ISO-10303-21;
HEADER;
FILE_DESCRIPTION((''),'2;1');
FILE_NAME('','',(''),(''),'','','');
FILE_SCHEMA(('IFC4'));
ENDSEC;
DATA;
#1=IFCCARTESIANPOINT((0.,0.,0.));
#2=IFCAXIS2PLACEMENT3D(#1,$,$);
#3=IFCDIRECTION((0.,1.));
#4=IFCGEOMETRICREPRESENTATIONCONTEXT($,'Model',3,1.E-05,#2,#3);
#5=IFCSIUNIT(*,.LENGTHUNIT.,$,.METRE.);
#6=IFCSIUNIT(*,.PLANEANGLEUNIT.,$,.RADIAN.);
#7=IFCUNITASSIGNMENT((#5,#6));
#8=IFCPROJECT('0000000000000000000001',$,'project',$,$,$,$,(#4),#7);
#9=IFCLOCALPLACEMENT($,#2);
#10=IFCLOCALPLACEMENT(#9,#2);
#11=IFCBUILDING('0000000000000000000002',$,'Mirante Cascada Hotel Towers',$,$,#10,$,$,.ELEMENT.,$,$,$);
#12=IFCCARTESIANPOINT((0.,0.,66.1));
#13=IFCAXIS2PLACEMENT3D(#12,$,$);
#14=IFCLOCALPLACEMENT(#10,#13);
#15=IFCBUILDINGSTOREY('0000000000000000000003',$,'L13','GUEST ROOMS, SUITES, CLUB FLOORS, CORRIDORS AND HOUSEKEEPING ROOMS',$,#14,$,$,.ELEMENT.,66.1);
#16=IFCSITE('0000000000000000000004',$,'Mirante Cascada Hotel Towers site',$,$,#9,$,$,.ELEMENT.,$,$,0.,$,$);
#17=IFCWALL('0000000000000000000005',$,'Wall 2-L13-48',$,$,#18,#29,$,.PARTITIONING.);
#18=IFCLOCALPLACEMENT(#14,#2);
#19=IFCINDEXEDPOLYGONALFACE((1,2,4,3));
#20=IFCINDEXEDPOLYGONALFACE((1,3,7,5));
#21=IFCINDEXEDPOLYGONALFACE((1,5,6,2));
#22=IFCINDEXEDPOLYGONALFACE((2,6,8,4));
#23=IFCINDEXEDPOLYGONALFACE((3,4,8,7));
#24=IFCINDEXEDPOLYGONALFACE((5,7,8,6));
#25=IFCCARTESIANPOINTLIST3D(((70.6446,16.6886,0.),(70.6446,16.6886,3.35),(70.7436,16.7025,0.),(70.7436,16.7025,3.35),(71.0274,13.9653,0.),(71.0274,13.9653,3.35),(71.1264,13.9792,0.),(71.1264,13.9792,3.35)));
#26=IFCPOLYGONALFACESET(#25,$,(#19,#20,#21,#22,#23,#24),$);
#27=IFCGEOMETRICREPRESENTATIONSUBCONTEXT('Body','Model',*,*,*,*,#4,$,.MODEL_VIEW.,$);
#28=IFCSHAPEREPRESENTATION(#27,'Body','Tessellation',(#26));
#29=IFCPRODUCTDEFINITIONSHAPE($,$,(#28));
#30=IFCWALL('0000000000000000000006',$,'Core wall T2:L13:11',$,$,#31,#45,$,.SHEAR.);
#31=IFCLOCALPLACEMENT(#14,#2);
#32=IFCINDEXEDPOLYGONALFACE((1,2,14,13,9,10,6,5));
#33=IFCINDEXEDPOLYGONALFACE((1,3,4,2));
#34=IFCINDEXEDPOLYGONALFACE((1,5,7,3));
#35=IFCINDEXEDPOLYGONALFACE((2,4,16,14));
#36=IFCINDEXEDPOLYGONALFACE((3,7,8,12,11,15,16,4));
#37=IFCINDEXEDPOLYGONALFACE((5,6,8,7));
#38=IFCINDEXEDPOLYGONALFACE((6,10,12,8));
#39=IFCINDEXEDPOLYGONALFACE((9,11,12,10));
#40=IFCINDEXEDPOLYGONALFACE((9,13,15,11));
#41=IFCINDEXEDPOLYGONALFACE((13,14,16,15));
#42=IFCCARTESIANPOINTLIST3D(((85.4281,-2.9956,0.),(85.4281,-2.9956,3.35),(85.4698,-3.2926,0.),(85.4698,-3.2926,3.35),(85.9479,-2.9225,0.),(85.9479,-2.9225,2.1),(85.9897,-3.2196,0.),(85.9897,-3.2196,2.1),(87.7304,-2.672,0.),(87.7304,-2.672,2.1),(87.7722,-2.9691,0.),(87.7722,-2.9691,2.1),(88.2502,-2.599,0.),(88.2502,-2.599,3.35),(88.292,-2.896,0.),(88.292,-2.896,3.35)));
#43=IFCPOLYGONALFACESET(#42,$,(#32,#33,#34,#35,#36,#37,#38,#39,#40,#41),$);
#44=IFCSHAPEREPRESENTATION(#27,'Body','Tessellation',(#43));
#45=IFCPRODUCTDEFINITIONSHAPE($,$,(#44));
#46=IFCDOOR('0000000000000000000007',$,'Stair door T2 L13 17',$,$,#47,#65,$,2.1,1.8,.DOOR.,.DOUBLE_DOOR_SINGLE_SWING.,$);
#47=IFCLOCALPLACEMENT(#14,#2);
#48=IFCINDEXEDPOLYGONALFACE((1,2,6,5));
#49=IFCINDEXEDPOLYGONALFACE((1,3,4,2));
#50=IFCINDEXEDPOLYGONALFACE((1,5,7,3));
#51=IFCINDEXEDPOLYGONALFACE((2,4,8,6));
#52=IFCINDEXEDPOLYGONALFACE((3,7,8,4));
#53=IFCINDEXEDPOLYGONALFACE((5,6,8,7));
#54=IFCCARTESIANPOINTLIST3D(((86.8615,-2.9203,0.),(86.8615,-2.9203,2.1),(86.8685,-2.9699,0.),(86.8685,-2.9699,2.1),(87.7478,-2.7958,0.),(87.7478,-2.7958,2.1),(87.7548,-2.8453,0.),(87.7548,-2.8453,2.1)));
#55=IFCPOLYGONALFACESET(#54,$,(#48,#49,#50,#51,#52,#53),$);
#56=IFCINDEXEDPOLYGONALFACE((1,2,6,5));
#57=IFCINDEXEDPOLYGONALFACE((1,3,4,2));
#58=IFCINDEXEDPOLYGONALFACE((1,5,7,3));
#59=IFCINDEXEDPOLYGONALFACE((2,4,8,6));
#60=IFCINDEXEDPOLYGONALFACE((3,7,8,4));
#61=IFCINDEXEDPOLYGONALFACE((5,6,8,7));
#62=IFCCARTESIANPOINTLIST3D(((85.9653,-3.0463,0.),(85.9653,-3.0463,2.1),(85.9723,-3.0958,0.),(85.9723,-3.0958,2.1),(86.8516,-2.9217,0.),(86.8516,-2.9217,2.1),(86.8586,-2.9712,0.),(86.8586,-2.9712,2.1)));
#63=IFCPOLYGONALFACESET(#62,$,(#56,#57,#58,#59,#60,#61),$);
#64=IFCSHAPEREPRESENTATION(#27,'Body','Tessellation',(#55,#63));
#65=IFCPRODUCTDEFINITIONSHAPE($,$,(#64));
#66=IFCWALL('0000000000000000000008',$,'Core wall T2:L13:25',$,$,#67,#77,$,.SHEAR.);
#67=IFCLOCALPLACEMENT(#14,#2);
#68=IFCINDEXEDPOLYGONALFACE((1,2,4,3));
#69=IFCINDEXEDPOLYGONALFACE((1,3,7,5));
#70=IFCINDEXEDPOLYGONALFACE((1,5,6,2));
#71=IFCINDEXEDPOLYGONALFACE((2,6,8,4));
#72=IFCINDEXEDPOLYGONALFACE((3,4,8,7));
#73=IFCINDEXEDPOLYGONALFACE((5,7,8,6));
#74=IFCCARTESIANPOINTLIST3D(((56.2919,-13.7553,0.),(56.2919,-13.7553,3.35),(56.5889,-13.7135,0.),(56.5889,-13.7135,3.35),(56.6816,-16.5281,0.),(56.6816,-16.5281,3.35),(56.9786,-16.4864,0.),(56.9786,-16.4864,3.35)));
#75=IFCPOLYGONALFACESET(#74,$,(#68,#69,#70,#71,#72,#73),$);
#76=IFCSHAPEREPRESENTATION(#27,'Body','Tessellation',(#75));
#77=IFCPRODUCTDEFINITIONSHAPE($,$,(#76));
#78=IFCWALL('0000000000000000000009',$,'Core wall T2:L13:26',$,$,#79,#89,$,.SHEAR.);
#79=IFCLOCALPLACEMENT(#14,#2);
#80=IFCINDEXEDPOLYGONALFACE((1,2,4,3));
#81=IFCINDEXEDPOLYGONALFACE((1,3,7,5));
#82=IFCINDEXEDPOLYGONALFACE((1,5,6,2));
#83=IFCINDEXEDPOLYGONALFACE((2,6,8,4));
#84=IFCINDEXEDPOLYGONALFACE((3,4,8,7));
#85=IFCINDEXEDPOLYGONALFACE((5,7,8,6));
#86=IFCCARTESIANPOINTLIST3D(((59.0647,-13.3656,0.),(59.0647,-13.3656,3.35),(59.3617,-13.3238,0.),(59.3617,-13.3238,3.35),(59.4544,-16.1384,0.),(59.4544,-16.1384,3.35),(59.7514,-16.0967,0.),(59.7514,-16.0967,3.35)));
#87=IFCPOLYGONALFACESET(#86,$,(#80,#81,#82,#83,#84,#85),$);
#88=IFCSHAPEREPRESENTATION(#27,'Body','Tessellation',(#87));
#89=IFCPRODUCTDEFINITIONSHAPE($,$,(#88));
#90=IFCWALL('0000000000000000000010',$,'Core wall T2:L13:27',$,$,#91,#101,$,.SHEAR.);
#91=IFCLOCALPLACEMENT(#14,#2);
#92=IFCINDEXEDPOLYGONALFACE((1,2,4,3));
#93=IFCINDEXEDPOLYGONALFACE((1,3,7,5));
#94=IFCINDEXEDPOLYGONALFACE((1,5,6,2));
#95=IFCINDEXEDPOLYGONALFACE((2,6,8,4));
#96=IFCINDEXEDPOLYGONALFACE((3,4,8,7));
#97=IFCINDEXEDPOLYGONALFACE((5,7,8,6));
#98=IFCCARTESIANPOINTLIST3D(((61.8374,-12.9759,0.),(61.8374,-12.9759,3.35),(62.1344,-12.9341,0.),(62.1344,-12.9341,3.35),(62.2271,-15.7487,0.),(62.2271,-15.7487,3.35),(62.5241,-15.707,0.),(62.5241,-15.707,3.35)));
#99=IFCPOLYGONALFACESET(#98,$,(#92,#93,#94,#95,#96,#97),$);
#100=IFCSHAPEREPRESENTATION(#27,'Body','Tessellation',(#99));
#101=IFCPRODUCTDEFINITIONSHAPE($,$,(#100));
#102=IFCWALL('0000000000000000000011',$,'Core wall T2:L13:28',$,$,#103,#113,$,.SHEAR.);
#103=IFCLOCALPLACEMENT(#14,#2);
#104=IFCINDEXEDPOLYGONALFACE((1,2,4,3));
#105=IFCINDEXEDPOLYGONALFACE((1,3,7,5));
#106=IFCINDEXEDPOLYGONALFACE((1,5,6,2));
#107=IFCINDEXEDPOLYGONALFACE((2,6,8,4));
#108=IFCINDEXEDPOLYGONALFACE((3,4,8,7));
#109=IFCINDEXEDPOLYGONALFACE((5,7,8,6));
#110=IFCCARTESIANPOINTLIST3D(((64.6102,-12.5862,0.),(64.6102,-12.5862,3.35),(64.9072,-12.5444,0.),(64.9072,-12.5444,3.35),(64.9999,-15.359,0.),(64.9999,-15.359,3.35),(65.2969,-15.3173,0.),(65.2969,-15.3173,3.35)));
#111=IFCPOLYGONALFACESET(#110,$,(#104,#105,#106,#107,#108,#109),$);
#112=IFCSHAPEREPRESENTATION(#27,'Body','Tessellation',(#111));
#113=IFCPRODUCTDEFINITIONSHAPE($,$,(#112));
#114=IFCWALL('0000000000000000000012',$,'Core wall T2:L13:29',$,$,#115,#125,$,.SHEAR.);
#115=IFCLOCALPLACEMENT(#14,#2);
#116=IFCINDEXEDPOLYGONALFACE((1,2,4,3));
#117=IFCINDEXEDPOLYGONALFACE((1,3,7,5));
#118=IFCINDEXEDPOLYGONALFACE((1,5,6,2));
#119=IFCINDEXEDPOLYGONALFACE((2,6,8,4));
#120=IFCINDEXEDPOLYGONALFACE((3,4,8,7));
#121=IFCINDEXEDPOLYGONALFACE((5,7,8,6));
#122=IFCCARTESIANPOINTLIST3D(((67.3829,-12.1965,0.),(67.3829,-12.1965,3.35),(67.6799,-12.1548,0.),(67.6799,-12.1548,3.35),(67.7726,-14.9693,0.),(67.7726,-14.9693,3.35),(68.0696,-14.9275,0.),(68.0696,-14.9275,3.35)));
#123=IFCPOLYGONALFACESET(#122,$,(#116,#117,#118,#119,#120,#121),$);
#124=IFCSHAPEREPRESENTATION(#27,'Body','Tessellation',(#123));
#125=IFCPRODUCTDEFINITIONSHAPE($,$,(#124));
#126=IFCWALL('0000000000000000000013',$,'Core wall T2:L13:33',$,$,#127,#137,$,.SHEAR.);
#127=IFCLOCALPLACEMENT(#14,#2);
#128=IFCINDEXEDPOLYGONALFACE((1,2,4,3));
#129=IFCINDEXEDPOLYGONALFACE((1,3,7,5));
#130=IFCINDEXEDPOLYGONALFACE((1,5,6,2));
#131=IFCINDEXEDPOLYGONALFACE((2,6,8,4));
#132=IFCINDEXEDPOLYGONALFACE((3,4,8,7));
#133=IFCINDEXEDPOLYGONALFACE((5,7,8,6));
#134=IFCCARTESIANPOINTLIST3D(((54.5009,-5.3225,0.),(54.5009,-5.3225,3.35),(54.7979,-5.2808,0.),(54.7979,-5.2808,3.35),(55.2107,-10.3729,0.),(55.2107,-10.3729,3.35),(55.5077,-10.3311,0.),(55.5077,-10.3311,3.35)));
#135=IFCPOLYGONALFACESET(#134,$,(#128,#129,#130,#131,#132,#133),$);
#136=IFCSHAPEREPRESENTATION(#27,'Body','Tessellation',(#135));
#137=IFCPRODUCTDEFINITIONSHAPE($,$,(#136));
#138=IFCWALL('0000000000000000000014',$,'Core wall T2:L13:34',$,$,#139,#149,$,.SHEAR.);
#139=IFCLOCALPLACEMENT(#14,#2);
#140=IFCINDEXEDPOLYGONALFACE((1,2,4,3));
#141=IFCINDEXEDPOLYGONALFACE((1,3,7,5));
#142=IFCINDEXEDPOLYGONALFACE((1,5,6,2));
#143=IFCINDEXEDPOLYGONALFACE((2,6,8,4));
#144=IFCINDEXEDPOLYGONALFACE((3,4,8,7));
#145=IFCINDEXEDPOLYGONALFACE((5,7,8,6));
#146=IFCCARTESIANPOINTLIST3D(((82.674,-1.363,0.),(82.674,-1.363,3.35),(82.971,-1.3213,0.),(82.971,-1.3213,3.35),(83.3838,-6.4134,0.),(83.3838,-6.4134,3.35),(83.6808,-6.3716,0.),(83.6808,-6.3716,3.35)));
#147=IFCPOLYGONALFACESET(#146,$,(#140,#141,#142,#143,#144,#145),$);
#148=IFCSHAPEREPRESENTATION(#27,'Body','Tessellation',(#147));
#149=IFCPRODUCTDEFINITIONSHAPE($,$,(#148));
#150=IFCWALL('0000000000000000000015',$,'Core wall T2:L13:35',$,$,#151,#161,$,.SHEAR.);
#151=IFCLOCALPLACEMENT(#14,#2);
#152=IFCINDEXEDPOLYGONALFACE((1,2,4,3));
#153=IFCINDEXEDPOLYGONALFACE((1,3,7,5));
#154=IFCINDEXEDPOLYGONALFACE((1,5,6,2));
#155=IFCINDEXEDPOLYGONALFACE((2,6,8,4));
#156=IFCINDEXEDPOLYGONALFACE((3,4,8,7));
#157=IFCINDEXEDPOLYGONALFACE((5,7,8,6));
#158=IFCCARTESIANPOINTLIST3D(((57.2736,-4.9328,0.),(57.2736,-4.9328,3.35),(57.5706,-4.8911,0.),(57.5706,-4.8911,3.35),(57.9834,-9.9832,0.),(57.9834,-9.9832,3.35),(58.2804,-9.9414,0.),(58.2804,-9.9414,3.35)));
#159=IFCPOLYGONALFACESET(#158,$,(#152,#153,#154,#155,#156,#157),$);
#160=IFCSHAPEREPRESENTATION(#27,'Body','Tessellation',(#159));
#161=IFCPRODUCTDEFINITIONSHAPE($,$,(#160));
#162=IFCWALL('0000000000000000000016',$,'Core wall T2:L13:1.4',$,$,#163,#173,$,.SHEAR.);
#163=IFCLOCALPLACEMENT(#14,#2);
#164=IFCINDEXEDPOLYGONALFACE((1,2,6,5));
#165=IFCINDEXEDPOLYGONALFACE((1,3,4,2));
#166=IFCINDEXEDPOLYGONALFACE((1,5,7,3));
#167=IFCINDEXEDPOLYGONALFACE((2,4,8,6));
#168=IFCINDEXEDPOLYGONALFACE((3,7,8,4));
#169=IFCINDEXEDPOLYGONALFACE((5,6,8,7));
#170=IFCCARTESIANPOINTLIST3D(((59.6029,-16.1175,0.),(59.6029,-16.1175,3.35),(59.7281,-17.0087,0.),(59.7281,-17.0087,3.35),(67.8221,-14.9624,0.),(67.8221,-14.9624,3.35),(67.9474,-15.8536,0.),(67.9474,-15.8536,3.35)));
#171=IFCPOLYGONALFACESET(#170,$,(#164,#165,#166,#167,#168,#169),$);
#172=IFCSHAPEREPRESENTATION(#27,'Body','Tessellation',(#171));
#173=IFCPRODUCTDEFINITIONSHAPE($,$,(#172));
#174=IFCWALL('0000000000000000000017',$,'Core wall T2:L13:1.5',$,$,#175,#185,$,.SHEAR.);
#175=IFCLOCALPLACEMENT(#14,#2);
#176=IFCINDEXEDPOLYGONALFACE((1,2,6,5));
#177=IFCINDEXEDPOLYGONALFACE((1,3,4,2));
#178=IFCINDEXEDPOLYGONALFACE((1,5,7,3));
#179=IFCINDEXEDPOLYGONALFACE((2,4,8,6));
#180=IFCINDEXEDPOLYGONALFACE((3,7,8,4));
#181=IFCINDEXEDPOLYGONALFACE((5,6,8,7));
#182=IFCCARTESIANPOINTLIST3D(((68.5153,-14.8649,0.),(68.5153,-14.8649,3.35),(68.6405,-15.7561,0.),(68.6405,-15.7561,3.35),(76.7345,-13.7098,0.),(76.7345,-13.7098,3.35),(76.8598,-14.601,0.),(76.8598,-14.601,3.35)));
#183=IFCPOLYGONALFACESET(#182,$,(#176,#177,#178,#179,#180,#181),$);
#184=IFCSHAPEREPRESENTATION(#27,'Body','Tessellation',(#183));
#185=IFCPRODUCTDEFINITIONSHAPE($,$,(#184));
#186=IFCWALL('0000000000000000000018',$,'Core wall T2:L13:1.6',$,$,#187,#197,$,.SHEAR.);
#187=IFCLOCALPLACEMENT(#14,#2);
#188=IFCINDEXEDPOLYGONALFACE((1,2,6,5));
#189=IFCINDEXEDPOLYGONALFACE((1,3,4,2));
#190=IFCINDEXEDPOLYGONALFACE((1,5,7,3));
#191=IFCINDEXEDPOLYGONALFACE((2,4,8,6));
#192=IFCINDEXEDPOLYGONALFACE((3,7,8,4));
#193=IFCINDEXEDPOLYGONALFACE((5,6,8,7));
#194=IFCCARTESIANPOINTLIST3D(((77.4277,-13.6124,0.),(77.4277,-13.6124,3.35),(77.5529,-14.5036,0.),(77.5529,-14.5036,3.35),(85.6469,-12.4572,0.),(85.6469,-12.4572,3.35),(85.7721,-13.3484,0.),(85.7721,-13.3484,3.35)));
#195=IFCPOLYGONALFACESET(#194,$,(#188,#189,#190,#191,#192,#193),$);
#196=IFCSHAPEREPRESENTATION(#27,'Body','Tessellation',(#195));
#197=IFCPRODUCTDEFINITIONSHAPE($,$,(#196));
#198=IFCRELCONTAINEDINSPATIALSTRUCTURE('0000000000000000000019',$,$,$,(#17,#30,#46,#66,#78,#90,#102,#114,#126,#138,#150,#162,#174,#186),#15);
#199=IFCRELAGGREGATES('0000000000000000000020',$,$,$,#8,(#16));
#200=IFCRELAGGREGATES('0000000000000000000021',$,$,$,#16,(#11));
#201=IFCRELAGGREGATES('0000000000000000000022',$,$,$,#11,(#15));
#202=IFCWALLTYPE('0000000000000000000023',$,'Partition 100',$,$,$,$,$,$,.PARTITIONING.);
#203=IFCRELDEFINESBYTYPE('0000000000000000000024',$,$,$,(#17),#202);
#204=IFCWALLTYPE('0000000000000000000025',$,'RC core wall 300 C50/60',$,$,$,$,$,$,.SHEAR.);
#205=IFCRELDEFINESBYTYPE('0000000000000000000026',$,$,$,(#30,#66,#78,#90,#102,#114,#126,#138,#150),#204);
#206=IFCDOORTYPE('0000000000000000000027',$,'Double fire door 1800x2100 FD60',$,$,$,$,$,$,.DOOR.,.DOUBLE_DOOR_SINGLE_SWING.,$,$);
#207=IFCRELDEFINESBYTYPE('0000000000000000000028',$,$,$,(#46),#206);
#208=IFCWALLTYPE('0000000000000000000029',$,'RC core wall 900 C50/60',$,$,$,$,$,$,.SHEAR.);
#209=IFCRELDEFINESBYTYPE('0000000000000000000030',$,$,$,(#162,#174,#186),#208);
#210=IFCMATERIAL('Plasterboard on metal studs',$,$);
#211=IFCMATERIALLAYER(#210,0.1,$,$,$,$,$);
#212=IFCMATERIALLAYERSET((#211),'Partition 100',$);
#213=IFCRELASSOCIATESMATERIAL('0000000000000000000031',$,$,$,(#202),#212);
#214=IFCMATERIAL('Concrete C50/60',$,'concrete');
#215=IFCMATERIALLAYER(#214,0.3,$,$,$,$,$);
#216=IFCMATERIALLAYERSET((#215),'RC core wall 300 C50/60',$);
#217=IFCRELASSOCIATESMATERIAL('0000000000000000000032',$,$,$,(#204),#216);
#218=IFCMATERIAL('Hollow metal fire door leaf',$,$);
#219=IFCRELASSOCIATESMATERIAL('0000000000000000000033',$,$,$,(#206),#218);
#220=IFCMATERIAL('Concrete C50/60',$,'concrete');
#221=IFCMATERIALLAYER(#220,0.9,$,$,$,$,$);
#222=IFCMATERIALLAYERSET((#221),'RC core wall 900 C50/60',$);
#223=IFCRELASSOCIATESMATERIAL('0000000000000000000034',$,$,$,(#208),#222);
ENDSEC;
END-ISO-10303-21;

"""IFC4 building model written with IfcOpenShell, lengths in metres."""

from ifc_helpers import new_model, si_unit, direction, frame, frame_2d, origin, place, context, subcontext, project, spatial, rectangle, extrude, material, layer, layer_set, type_object, element, fill, save


model = new_model("IFC4")

# Units and contexts
model_context = context("Model", 3, precision=1e-05, world=origin(), true_north=direction((0.0, 1.0)))
body_context = subcontext(model_context, "Body", "Model", "MODEL_VIEW")
ifc_project = project(units=[si_unit("LENGTHUNIT", "METRE"), si_unit("PLANEANGLEUNIT", "RADIAN")], contexts=[model_context])

# Site, building, storey
site_placement = place(None, origin())
site = spatial("IfcSite", under=ifc_project, at=site_placement, Name="Mirante Cascada Hotel Towers site", CompositionType="ELEMENT", RefElevation=0.0)
building_placement = place(site_placement, origin())
building = spatial("IfcBuilding", under=site, at=building_placement, Name="Mirante Cascada Hotel Towers", CompositionType="ELEMENT")
storey_placement = place(building_placement, frame((0.0, 0.0, 66.1)))
storey = spatial("IfcBuildingStorey", under=building, at=storey_placement, Name="L13", Description="GUEST ROOMS, SUITES, CLUB FLOORS, CORRIDORS AND HOUSEKEEPING ROOMS", CompositionType="ELEMENT", Elevation=66.1)

# Wall
ifc_material_1 = material(Name="Plasterboard on metal studs")
ifc_layer_1 = layer(ifc_material_1, 0.1)
ifc_layer_set_1 = layer_set([ifc_layer_1], Name="Partition 100")
wall_type_1 = type_object("IfcWallType", Name="Partition 100", PredefinedType="PARTITIONING", material=ifc_layer_set_1)
wall_1_placement = place(storey_placement, frame((71.0769, 13.9722, 0.0), z_axis=(0.0, 0.0, 1.0), x_axis=(-0.139196, 0.990265, 0.0)))
element("IfcWall", 1, at=wall_1_placement, inside=storey, type_object=wall_type_1, Name="Wall 2-L13-48", PredefinedType="PARTITIONING", context=body_context, shape_type="SweptSolid", body=[
    extrude(rectangle(XDim=2.7501, YDim=0.1, at=frame_2d((1.3751, 0.0))), origin(), (0.0, 0.0, 1.0), 3.35),
])

# Wall, opening, door
ifc_material_2 = material(Name="Concrete C50/60", Category="concrete")
ifc_layer_2 = layer(ifc_material_2, 0.3)
ifc_layer_set_2 = layer_set([ifc_layer_2], Name="RC core wall 300 C50/60")
wall_type_2 = type_object("IfcWallType", Name="RC core wall 300 C50/60", PredefinedType="SHEAR", material=ifc_layer_set_2)
wall_2_placement = place(storey_placement, frame((85.4489, -3.1441, 0.0), z_axis=(0.0, 0.0, 1.0), x_axis=(0.99027, 0.139161, 0.0)))
wall_2 = element("IfcWall", 2, at=wall_2_placement, inside=storey, type_object=wall_type_2, Name="Core wall T2:L13:11", PredefinedType="SHEAR", context=body_context, shape_type="SweptSolid", body=[
    extrude(rectangle(XDim=2.8499, YDim=0.3, at=frame_2d((1.425, 0.0))), origin(), (0.0, 0.0, 1.0), 3.35),
])
opening_placement = place(wall_2_placement, frame((0.525, 0.0, 0.0)))
opening = element("IfcOpeningElement", 3, at=opening_placement, cuts=wall_2, PredefinedType="OPENING", context=body_context, shape_type="SweptSolid", body=[
    extrude(rectangle(XDim=1.8, YDim=2.1, at=frame_2d((0.9, 1.05))), frame((0.0, 0.15, 0.0), z_axis=(0.0, -1.0, 0.0), x_axis=(1.0, 0.0, 0.0)), (0.0, 0.0, 1.0), 0.3),
])
ifc_material_3 = material(Name="Hollow metal fire door leaf")
door_type = type_object("IfcDoorType", Name="Double fire door 1800x2100 FD60", OperationType="DOUBLE_DOOR_SINGLE_SWING", PredefinedType="DOOR", material=ifc_material_3)
door_placement = place(opening_placement, frame((1.8, 0.0, 0.0), z_axis=(0.0, 0.0, 1.0), x_axis=(-1.0, 0.0, 0.0)))
door = element("IfcDoor", 4, at=door_placement, inside=storey, type_object=door_type, Name="Stair door T2 L13 17", OperationType="DOUBLE_DOOR_SINGLE_SWING", OverallHeight=2.1, OverallWidth=1.8, PredefinedType="DOOR", context=body_context, shape_type="SweptSolid", body=[
    extrude(rectangle(XDim=0.895, YDim=2.1, at=frame_2d((0.4475, 1.05))), frame((0.0, 0.025, 0.0), z_axis=(0.0, -1.0, 0.0), x_axis=(1.0, 0.0, 0.0)), (0.0, 0.0, 1.0), 0.05),
    extrude(rectangle(XDim=0.895, YDim=2.1, at=frame_2d((1.3525, 1.05))), frame((0.0, 0.025, 0.0), z_axis=(0.0, -1.0, 0.0), x_axis=(1.0, 0.0, 0.0)), (0.0, 0.0, 1.0), 0.05),
])
fill(opening, door)

# Walls
for number, where, z_axis, x_axis, name in (
    (5, (56.8301, -16.5072, 0.0), (0.0, 0.0, 1.0), (-0.139176, 0.990268, 0.0), "Core wall T2:L13:25"),
    (6, (59.6029, -16.1175, 0.0), (0.0, 0.0, 1.0), (-0.139176, 0.990268, 0.0), "Core wall T2:L13:26"),
    (7, (62.3756, -15.7278, 0.0), (0.0, 0.0, 1.0), (-0.139176, 0.990268, 0.0), "Core wall T2:L13:27"),
    (8, (65.1484, -15.3381, 0.0), (0.0, 0.0, 1.0), (-0.139176, 0.990268, 0.0), "Core wall T2:L13:28"),
):
    element("IfcWall", number, at=place(storey_placement, frame(where, z_axis=z_axis, x_axis=x_axis)), inside=storey, type_object=wall_type_2, Name=name, PredefinedType="SHEAR", context=body_context, shape_type="SweptSolid", body=[
        extrude(rectangle(XDim=2.8001, YDim=0.3, at=frame_2d((1.4, 0.0))), origin(), (0.0, 0.0, 1.0), 3.35),
    ])
wall_3_placement = place(storey_placement, frame((67.9211, -14.9484, 0.0), z_axis=(0.0, 0.0, 1.0), x_axis=(-0.139181, 0.990267, 0.0)))
element("IfcWall", 9, at=wall_3_placement, inside=storey, type_object=wall_type_2, Name="Core wall T2:L13:29", PredefinedType="SHEAR", context=body_context, shape_type="SweptSolid", body=[
    extrude(rectangle(XDim=2.8, YDim=0.3, at=frame_2d((1.4, 0.0))), origin(), (0.0, 0.0, 1.0), 3.35),
])
for number, where, z_axis, x_axis, name in (
    (10, (55.3592, -10.352, 0.0), (0.0, 0.0, 1.0), (-0.139176, 0.990268, 0.0), "Core wall T2:L13:33"),
    (11, (83.5323, -6.3925, 0.0), (0.0, 0.0, 1.0), (-0.139176, 0.990268, 0.0), "Core wall T2:L13:34"),
    (12, (58.1319, -9.9623, 0.0), (0.0, 0.0, 1.0), (-0.139176, 0.990268, 0.0), "Core wall T2:L13:35"),
):
    element("IfcWall", number, at=place(storey_placement, frame(where, z_axis=z_axis, x_axis=x_axis)), inside=storey, type_object=wall_type_2, Name=name, PredefinedType="SHEAR", context=body_context, shape_type="SweptSolid", body=[
        extrude(rectangle(XDim=5.1, YDim=0.3, at=frame_2d((2.55, 0.0))), origin(), (0.0, 0.0, 1.0), 3.35),
    ])
ifc_material_4 = material(Name="Concrete C50/60", Category="concrete")
ifc_layer_3 = layer(ifc_material_4, 0.9)
ifc_layer_set_3 = layer_set([ifc_layer_3], Name="RC core wall 900 C50/60")
wall_type_3 = type_object("IfcWallType", Name="RC core wall 900 C50/60", PredefinedType="SHEAR", material=ifc_layer_set_3)
for number, where, z_axis, x_axis, name in (
    (13, (59.6655, -16.5631, 0.0), (0.0, 0.0, 1.0), (0.990269, 0.139169, 0.0), "Core wall T2:L13:1.4"),
    (14, (68.5779, -15.3105, 0.0), (0.0, 0.0, 1.0), (0.990269, 0.139169, 0.0), "Core wall T2:L13:1.5"),
    (15, (77.4903, -14.058, 0.0), (0.0, 0.0, 1.0), (0.990267, 0.139181, 0.0), "Core wall T2:L13:1.6"),
):
    element("IfcWall", number, at=place(storey_placement, frame(where, z_axis=z_axis, x_axis=x_axis)), inside=storey, type_object=wall_type_3, Name=name, PredefinedType="SHEAR", context=body_context, shape_type="SweptSolid", body=[
        extrude(rectangle(XDim=8.3, YDim=0.9, at=frame_2d((4.15, 0.0))), origin(), (0.0, 0.0, 1.0), 3.35),
    ])

save(model, "model.ifc")
